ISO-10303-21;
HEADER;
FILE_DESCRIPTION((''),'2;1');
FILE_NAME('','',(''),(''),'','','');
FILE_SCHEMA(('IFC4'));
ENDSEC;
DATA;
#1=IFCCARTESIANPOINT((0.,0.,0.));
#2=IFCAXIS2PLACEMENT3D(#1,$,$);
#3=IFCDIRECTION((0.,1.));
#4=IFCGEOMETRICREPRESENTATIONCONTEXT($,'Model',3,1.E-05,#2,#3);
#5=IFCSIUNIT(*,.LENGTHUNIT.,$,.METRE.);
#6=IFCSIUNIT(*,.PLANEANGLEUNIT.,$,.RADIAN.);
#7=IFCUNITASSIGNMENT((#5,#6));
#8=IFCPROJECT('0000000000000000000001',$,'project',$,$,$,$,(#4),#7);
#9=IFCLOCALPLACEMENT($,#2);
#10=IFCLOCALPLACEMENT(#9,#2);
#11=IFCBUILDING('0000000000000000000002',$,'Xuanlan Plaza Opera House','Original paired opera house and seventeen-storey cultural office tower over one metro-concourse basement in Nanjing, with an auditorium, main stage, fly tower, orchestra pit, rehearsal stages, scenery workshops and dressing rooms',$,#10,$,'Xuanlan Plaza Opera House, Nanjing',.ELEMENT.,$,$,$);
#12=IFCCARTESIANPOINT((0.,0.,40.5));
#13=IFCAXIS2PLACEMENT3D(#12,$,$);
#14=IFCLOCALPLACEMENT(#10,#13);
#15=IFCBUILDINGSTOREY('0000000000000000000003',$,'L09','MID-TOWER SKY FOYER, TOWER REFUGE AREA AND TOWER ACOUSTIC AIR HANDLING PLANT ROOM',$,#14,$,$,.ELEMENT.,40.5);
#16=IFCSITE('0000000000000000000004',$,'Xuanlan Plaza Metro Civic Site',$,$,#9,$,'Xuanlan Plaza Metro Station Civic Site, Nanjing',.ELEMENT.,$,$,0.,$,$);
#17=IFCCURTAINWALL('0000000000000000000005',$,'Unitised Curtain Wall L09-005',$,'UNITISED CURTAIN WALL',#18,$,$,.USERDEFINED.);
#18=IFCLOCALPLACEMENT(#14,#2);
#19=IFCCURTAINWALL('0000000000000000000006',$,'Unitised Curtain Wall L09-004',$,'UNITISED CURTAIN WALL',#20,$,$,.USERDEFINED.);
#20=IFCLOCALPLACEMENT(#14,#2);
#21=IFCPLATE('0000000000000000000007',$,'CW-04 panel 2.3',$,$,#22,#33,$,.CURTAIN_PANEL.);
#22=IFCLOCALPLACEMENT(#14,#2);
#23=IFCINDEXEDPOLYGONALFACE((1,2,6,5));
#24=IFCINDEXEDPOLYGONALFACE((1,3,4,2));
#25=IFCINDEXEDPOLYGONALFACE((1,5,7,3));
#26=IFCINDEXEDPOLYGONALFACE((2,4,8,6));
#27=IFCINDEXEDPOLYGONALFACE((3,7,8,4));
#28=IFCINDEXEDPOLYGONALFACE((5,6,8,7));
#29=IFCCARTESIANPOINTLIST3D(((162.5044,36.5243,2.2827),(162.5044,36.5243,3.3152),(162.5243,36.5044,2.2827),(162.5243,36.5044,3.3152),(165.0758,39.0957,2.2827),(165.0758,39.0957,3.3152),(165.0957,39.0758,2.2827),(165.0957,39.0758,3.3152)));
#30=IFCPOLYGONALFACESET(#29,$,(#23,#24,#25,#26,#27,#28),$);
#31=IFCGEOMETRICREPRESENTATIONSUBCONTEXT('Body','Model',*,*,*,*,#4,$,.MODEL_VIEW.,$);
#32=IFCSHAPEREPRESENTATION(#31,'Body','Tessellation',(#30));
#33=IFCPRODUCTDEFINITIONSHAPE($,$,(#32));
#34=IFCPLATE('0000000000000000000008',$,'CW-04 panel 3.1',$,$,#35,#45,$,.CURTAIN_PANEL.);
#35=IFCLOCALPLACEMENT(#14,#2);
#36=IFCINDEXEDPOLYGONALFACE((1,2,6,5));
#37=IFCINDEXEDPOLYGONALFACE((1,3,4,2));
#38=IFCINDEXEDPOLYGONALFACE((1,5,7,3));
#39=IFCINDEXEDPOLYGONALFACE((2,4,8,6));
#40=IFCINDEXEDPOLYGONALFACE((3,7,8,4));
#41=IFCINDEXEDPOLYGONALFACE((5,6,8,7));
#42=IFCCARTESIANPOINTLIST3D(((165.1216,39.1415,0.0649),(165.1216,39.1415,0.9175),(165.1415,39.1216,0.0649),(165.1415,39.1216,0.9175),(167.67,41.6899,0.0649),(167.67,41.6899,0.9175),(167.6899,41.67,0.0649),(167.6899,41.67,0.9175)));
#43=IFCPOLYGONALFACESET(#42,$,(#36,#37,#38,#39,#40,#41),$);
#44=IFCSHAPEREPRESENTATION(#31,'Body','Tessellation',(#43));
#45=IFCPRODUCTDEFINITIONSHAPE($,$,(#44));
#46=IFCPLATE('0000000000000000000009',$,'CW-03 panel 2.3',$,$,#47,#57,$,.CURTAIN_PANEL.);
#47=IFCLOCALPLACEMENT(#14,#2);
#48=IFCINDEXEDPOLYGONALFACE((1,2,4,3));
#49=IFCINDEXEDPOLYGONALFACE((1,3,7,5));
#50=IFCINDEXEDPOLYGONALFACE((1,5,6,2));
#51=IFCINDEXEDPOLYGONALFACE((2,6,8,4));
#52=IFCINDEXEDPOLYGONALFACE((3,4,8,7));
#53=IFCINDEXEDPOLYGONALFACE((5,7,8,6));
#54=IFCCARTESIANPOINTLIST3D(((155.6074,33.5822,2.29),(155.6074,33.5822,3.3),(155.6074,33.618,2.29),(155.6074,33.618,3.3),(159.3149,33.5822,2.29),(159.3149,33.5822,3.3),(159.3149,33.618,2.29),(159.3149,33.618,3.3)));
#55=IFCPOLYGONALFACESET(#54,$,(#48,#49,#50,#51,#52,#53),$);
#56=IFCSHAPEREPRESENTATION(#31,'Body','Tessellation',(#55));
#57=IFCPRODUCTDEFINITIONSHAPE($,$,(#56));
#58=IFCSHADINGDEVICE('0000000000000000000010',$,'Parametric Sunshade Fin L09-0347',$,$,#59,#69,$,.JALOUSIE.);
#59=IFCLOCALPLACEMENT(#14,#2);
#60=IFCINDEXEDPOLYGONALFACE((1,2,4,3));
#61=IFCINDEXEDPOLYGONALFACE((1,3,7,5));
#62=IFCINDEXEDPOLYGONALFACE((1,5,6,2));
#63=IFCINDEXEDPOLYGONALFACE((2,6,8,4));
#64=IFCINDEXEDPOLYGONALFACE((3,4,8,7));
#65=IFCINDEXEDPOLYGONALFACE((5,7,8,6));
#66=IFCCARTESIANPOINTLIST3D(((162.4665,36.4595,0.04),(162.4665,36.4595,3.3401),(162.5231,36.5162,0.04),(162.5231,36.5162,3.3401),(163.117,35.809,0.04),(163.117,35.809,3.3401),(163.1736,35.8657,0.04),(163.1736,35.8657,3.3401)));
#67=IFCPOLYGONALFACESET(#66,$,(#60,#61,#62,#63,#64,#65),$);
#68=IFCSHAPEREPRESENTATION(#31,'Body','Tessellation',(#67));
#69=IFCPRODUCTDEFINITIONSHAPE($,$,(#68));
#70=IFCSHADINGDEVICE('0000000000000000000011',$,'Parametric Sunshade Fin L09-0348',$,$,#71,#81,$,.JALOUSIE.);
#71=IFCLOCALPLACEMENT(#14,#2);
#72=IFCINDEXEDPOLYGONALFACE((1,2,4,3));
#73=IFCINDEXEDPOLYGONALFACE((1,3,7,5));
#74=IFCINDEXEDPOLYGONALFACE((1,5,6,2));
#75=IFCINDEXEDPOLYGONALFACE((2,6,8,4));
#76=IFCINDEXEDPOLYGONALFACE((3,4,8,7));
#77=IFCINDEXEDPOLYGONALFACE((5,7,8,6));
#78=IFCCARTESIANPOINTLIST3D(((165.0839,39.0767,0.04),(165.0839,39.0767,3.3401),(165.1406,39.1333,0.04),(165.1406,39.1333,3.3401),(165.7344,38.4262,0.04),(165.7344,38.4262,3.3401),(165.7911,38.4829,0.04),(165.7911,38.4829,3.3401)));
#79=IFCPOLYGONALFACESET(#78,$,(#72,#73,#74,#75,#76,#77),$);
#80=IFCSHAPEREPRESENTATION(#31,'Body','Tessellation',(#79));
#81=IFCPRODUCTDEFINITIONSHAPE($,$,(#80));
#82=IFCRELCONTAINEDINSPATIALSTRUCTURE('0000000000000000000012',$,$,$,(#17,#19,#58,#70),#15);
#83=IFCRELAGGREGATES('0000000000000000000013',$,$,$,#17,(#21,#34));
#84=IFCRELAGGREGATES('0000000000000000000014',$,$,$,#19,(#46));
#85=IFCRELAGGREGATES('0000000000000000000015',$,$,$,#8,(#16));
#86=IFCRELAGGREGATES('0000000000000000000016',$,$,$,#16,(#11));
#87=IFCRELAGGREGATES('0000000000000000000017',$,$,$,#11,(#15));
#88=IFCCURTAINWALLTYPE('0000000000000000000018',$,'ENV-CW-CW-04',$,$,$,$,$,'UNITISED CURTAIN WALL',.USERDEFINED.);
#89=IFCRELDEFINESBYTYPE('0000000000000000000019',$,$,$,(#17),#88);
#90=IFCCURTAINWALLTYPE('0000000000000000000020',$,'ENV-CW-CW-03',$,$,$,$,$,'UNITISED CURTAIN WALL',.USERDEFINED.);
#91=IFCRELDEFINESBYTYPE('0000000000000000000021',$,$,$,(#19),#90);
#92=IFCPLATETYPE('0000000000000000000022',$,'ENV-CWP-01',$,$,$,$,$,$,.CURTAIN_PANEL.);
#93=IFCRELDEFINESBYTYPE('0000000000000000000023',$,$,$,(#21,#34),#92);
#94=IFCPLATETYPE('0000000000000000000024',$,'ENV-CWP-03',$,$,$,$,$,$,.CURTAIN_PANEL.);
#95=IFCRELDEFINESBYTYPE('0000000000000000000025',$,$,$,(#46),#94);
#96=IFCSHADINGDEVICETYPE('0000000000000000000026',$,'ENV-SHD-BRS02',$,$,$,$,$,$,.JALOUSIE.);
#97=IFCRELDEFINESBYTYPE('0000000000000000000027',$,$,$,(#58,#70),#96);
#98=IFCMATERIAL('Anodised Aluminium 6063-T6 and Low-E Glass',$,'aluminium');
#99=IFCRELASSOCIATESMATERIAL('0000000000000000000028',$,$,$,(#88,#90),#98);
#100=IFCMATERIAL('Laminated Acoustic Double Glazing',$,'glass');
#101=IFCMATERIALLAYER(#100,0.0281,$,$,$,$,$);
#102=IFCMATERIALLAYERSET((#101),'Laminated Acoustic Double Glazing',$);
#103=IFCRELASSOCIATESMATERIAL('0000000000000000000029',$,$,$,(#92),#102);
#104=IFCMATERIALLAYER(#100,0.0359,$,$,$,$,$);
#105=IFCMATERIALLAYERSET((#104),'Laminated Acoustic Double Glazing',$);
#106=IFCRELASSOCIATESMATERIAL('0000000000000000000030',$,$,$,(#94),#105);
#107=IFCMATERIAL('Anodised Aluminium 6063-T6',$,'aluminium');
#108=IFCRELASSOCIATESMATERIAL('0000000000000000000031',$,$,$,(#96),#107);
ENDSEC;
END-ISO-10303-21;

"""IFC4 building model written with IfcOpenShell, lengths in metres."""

from ifc_helpers import new_model, si_unit, direction, frame, origin, origin_2d, place, context, subcontext, project, spatial, rectangle, extrude, material, layer, layer_set, type_object, element, aggregate, save


model = new_model("IFC4")

# Units and contexts
model_context = context("Model", 3, precision=1e-05, world=origin(), true_north=direction((0.0, 1.0)))
body_context = subcontext(model_context, "Body", "Model", "MODEL_VIEW")
ifc_project = project(units=[si_unit("LENGTHUNIT", "METRE"), si_unit("PLANEANGLEUNIT", "RADIAN")], contexts=[model_context])

# Site, building, storey
site_placement = place(None, origin())
site = spatial("IfcSite", under=ifc_project, at=site_placement, Name="Xuanlan Plaza Metro Civic Site", LongName="Xuanlan Plaza Metro Station Civic Site, Nanjing", CompositionType="ELEMENT", RefElevation=0.0)
building_placement = place(site_placement, origin())
building = spatial("IfcBuilding", under=site, at=building_placement, Name="Xuanlan Plaza Opera House", Description="Original paired opera house and seventeen-storey cultural office tower over one metro-concourse basement in Nanjing, with an auditorium, main stage, fly tower, orchestra pit, rehearsal stages, scenery workshops and dressing rooms", LongName="Xuanlan Plaza Opera House, Nanjing", CompositionType="ELEMENT")
storey_placement = place(building_placement, frame((0.0, 0.0, 40.5)))
storey = spatial("IfcBuildingStorey", under=building, at=storey_placement, Name="L09", Description="MID-TOWER SKY FOYER, TOWER REFUGE AREA AND TOWER ACOUSTIC AIR HANDLING PLANT ROOM", CompositionType="ELEMENT", Elevation=40.5)

# Curtain wall
ifc_material_1 = material(Name="Anodised Aluminium 6063-T6 and Low-E Glass", Category="aluminium")
curtain_wall_type_1 = type_object("IfcCurtainWallType", Name="ENV-CW-CW-04", ElementType="UNITISED CURTAIN WALL", PredefinedType="USERDEFINED", material=ifc_material_1)
curtain_wall_1_placement = place(storey_placement, origin())
curtain_wall_1 = element("IfcCurtainWall", 1, at=curtain_wall_1_placement, inside=storey, type_object=curtain_wall_type_1, Name="Unitised Curtain Wall L09-005", ObjectType="UNITISED CURTAIN WALL", PredefinedType="USERDEFINED")
ifc_material_2 = material(Name="Anodised Aluminium 6063-T6", Category="aluminium")

# Curtain wall
curtain_wall_type_2 = type_object("IfcCurtainWallType", Name="ENV-CW-CW-03", ElementType="UNITISED CURTAIN WALL", PredefinedType="USERDEFINED", material=ifc_material_1)
curtain_wall_2_placement = place(storey_placement, origin())
curtain_wall_2 = element("IfcCurtainWall", 2, at=curtain_wall_2_placement, inside=storey, type_object=curtain_wall_type_2, Name="Unitised Curtain Wall L09-004", ObjectType="UNITISED CURTAIN WALL", PredefinedType="USERDEFINED")

# Plates
ifc_material_3 = material(Name="Laminated Acoustic Double Glazing", Category="glass")
ifc_layer_1 = layer(ifc_material_3, 0.0281)
ifc_layer_set_1 = layer_set([ifc_layer_1], Name="Laminated Acoustic Double Glazing")
plate_type_1 = type_object("IfcPlateType", Name="ENV-CWP-01", PredefinedType="CURTAIN_PANEL", material=ifc_layer_set_1)
plate_1_placement = place(storey_placement, frame((163.8, 37.8, 2.2827), z_axis=(0.0, 0.0, 1.0), x_axis=(0.707107, 0.707107, 0.0)))
plate_1 = element("IfcPlate", 3, at=plate_1_placement, type_object=plate_type_1, Name="CW-04 panel 2.3", PredefinedType="CURTAIN_PANEL", context=body_context, shape_type="SweptSolid", body=[
    extrude(rectangle(XDim=3.6365, YDim=0.0281, at=origin_2d()), origin(), (0.0, 0.0, 1.0), 1.0325),
])
plate_2_placement = place(storey_placement, frame((166.4058, 40.4058, 0.0649), z_axis=(0.0, 0.0, 1.0), x_axis=(0.707107, 0.707107, 0.0)))
plate_2 = element("IfcPlate", 4, at=plate_2_placement, type_object=plate_type_1, Name="CW-04 panel 3.1", PredefinedType="CURTAIN_PANEL", context=body_context, shape_type="SweptSolid", body=[
    extrude(rectangle(XDim=3.604, YDim=0.0281, at=origin_2d()), origin(), (0.0, 0.0, 1.0), 0.8525),
])
aggregate(curtain_wall_1, [plate_1, plate_2])
ifc_layer_2 = layer(ifc_material_3, 0.0359)
ifc_layer_set_2 = layer_set([ifc_layer_2], Name="Laminated Acoustic Double Glazing")
plate_type_2 = type_object("IfcPlateType", Name="ENV-CWP-03", PredefinedType="CURTAIN_PANEL", material=ifc_layer_set_2)
plate_3_placement = place(storey_placement, frame((157.4612, 33.6001, 2.29), z_axis=(0.0, 0.0, 1.0), x_axis=(1.0, 0.0, 0.0)))
plate_3 = element("IfcPlate", 5, at=plate_3_placement, type_object=plate_type_2, Name="CW-03 panel 2.3", PredefinedType="CURTAIN_PANEL", context=body_context, shape_type="SweptSolid", body=[
    extrude(rectangle(XDim=3.7075, YDim=0.0359, at=origin_2d()), origin(), (0.0, 0.0, 1.0), 1.01),
])
aggregate(curtain_wall_2, [plate_3])

# Shading devices
shading_device_type = type_object("IfcShadingDeviceType", Name="ENV-SHD-BRS02", PredefinedType="JALOUSIE", material=ifc_material_2)
for number, where, z_axis, x_axis, name in (
    (6, (162.8201, 36.1626, 0.04), (0.0, 0.0, 1.0), (0.707107, -0.707107, 0.0), "Parametric Sunshade Fin L09-0347"),
    (7, (165.4375, 38.7798, 0.04), (0.0, 0.0, 1.0), (0.707107, -0.707107, 0.0), "Parametric Sunshade Fin L09-0348"),
):
    element("IfcShadingDevice", number, at=place(storey_placement, frame(where, z_axis=z_axis, x_axis=x_axis)), inside=storey, type_object=shading_device_type, Name=name, PredefinedType="JALOUSIE", context=body_context, shape_type="SweptSolid", body=[
        extrude(rectangle(XDim=0.9199, YDim=0.0801, at=origin_2d()), origin(), (0.0, 0.0, 1.0), 3.3),
    ])

save(model, "model.ifc")
